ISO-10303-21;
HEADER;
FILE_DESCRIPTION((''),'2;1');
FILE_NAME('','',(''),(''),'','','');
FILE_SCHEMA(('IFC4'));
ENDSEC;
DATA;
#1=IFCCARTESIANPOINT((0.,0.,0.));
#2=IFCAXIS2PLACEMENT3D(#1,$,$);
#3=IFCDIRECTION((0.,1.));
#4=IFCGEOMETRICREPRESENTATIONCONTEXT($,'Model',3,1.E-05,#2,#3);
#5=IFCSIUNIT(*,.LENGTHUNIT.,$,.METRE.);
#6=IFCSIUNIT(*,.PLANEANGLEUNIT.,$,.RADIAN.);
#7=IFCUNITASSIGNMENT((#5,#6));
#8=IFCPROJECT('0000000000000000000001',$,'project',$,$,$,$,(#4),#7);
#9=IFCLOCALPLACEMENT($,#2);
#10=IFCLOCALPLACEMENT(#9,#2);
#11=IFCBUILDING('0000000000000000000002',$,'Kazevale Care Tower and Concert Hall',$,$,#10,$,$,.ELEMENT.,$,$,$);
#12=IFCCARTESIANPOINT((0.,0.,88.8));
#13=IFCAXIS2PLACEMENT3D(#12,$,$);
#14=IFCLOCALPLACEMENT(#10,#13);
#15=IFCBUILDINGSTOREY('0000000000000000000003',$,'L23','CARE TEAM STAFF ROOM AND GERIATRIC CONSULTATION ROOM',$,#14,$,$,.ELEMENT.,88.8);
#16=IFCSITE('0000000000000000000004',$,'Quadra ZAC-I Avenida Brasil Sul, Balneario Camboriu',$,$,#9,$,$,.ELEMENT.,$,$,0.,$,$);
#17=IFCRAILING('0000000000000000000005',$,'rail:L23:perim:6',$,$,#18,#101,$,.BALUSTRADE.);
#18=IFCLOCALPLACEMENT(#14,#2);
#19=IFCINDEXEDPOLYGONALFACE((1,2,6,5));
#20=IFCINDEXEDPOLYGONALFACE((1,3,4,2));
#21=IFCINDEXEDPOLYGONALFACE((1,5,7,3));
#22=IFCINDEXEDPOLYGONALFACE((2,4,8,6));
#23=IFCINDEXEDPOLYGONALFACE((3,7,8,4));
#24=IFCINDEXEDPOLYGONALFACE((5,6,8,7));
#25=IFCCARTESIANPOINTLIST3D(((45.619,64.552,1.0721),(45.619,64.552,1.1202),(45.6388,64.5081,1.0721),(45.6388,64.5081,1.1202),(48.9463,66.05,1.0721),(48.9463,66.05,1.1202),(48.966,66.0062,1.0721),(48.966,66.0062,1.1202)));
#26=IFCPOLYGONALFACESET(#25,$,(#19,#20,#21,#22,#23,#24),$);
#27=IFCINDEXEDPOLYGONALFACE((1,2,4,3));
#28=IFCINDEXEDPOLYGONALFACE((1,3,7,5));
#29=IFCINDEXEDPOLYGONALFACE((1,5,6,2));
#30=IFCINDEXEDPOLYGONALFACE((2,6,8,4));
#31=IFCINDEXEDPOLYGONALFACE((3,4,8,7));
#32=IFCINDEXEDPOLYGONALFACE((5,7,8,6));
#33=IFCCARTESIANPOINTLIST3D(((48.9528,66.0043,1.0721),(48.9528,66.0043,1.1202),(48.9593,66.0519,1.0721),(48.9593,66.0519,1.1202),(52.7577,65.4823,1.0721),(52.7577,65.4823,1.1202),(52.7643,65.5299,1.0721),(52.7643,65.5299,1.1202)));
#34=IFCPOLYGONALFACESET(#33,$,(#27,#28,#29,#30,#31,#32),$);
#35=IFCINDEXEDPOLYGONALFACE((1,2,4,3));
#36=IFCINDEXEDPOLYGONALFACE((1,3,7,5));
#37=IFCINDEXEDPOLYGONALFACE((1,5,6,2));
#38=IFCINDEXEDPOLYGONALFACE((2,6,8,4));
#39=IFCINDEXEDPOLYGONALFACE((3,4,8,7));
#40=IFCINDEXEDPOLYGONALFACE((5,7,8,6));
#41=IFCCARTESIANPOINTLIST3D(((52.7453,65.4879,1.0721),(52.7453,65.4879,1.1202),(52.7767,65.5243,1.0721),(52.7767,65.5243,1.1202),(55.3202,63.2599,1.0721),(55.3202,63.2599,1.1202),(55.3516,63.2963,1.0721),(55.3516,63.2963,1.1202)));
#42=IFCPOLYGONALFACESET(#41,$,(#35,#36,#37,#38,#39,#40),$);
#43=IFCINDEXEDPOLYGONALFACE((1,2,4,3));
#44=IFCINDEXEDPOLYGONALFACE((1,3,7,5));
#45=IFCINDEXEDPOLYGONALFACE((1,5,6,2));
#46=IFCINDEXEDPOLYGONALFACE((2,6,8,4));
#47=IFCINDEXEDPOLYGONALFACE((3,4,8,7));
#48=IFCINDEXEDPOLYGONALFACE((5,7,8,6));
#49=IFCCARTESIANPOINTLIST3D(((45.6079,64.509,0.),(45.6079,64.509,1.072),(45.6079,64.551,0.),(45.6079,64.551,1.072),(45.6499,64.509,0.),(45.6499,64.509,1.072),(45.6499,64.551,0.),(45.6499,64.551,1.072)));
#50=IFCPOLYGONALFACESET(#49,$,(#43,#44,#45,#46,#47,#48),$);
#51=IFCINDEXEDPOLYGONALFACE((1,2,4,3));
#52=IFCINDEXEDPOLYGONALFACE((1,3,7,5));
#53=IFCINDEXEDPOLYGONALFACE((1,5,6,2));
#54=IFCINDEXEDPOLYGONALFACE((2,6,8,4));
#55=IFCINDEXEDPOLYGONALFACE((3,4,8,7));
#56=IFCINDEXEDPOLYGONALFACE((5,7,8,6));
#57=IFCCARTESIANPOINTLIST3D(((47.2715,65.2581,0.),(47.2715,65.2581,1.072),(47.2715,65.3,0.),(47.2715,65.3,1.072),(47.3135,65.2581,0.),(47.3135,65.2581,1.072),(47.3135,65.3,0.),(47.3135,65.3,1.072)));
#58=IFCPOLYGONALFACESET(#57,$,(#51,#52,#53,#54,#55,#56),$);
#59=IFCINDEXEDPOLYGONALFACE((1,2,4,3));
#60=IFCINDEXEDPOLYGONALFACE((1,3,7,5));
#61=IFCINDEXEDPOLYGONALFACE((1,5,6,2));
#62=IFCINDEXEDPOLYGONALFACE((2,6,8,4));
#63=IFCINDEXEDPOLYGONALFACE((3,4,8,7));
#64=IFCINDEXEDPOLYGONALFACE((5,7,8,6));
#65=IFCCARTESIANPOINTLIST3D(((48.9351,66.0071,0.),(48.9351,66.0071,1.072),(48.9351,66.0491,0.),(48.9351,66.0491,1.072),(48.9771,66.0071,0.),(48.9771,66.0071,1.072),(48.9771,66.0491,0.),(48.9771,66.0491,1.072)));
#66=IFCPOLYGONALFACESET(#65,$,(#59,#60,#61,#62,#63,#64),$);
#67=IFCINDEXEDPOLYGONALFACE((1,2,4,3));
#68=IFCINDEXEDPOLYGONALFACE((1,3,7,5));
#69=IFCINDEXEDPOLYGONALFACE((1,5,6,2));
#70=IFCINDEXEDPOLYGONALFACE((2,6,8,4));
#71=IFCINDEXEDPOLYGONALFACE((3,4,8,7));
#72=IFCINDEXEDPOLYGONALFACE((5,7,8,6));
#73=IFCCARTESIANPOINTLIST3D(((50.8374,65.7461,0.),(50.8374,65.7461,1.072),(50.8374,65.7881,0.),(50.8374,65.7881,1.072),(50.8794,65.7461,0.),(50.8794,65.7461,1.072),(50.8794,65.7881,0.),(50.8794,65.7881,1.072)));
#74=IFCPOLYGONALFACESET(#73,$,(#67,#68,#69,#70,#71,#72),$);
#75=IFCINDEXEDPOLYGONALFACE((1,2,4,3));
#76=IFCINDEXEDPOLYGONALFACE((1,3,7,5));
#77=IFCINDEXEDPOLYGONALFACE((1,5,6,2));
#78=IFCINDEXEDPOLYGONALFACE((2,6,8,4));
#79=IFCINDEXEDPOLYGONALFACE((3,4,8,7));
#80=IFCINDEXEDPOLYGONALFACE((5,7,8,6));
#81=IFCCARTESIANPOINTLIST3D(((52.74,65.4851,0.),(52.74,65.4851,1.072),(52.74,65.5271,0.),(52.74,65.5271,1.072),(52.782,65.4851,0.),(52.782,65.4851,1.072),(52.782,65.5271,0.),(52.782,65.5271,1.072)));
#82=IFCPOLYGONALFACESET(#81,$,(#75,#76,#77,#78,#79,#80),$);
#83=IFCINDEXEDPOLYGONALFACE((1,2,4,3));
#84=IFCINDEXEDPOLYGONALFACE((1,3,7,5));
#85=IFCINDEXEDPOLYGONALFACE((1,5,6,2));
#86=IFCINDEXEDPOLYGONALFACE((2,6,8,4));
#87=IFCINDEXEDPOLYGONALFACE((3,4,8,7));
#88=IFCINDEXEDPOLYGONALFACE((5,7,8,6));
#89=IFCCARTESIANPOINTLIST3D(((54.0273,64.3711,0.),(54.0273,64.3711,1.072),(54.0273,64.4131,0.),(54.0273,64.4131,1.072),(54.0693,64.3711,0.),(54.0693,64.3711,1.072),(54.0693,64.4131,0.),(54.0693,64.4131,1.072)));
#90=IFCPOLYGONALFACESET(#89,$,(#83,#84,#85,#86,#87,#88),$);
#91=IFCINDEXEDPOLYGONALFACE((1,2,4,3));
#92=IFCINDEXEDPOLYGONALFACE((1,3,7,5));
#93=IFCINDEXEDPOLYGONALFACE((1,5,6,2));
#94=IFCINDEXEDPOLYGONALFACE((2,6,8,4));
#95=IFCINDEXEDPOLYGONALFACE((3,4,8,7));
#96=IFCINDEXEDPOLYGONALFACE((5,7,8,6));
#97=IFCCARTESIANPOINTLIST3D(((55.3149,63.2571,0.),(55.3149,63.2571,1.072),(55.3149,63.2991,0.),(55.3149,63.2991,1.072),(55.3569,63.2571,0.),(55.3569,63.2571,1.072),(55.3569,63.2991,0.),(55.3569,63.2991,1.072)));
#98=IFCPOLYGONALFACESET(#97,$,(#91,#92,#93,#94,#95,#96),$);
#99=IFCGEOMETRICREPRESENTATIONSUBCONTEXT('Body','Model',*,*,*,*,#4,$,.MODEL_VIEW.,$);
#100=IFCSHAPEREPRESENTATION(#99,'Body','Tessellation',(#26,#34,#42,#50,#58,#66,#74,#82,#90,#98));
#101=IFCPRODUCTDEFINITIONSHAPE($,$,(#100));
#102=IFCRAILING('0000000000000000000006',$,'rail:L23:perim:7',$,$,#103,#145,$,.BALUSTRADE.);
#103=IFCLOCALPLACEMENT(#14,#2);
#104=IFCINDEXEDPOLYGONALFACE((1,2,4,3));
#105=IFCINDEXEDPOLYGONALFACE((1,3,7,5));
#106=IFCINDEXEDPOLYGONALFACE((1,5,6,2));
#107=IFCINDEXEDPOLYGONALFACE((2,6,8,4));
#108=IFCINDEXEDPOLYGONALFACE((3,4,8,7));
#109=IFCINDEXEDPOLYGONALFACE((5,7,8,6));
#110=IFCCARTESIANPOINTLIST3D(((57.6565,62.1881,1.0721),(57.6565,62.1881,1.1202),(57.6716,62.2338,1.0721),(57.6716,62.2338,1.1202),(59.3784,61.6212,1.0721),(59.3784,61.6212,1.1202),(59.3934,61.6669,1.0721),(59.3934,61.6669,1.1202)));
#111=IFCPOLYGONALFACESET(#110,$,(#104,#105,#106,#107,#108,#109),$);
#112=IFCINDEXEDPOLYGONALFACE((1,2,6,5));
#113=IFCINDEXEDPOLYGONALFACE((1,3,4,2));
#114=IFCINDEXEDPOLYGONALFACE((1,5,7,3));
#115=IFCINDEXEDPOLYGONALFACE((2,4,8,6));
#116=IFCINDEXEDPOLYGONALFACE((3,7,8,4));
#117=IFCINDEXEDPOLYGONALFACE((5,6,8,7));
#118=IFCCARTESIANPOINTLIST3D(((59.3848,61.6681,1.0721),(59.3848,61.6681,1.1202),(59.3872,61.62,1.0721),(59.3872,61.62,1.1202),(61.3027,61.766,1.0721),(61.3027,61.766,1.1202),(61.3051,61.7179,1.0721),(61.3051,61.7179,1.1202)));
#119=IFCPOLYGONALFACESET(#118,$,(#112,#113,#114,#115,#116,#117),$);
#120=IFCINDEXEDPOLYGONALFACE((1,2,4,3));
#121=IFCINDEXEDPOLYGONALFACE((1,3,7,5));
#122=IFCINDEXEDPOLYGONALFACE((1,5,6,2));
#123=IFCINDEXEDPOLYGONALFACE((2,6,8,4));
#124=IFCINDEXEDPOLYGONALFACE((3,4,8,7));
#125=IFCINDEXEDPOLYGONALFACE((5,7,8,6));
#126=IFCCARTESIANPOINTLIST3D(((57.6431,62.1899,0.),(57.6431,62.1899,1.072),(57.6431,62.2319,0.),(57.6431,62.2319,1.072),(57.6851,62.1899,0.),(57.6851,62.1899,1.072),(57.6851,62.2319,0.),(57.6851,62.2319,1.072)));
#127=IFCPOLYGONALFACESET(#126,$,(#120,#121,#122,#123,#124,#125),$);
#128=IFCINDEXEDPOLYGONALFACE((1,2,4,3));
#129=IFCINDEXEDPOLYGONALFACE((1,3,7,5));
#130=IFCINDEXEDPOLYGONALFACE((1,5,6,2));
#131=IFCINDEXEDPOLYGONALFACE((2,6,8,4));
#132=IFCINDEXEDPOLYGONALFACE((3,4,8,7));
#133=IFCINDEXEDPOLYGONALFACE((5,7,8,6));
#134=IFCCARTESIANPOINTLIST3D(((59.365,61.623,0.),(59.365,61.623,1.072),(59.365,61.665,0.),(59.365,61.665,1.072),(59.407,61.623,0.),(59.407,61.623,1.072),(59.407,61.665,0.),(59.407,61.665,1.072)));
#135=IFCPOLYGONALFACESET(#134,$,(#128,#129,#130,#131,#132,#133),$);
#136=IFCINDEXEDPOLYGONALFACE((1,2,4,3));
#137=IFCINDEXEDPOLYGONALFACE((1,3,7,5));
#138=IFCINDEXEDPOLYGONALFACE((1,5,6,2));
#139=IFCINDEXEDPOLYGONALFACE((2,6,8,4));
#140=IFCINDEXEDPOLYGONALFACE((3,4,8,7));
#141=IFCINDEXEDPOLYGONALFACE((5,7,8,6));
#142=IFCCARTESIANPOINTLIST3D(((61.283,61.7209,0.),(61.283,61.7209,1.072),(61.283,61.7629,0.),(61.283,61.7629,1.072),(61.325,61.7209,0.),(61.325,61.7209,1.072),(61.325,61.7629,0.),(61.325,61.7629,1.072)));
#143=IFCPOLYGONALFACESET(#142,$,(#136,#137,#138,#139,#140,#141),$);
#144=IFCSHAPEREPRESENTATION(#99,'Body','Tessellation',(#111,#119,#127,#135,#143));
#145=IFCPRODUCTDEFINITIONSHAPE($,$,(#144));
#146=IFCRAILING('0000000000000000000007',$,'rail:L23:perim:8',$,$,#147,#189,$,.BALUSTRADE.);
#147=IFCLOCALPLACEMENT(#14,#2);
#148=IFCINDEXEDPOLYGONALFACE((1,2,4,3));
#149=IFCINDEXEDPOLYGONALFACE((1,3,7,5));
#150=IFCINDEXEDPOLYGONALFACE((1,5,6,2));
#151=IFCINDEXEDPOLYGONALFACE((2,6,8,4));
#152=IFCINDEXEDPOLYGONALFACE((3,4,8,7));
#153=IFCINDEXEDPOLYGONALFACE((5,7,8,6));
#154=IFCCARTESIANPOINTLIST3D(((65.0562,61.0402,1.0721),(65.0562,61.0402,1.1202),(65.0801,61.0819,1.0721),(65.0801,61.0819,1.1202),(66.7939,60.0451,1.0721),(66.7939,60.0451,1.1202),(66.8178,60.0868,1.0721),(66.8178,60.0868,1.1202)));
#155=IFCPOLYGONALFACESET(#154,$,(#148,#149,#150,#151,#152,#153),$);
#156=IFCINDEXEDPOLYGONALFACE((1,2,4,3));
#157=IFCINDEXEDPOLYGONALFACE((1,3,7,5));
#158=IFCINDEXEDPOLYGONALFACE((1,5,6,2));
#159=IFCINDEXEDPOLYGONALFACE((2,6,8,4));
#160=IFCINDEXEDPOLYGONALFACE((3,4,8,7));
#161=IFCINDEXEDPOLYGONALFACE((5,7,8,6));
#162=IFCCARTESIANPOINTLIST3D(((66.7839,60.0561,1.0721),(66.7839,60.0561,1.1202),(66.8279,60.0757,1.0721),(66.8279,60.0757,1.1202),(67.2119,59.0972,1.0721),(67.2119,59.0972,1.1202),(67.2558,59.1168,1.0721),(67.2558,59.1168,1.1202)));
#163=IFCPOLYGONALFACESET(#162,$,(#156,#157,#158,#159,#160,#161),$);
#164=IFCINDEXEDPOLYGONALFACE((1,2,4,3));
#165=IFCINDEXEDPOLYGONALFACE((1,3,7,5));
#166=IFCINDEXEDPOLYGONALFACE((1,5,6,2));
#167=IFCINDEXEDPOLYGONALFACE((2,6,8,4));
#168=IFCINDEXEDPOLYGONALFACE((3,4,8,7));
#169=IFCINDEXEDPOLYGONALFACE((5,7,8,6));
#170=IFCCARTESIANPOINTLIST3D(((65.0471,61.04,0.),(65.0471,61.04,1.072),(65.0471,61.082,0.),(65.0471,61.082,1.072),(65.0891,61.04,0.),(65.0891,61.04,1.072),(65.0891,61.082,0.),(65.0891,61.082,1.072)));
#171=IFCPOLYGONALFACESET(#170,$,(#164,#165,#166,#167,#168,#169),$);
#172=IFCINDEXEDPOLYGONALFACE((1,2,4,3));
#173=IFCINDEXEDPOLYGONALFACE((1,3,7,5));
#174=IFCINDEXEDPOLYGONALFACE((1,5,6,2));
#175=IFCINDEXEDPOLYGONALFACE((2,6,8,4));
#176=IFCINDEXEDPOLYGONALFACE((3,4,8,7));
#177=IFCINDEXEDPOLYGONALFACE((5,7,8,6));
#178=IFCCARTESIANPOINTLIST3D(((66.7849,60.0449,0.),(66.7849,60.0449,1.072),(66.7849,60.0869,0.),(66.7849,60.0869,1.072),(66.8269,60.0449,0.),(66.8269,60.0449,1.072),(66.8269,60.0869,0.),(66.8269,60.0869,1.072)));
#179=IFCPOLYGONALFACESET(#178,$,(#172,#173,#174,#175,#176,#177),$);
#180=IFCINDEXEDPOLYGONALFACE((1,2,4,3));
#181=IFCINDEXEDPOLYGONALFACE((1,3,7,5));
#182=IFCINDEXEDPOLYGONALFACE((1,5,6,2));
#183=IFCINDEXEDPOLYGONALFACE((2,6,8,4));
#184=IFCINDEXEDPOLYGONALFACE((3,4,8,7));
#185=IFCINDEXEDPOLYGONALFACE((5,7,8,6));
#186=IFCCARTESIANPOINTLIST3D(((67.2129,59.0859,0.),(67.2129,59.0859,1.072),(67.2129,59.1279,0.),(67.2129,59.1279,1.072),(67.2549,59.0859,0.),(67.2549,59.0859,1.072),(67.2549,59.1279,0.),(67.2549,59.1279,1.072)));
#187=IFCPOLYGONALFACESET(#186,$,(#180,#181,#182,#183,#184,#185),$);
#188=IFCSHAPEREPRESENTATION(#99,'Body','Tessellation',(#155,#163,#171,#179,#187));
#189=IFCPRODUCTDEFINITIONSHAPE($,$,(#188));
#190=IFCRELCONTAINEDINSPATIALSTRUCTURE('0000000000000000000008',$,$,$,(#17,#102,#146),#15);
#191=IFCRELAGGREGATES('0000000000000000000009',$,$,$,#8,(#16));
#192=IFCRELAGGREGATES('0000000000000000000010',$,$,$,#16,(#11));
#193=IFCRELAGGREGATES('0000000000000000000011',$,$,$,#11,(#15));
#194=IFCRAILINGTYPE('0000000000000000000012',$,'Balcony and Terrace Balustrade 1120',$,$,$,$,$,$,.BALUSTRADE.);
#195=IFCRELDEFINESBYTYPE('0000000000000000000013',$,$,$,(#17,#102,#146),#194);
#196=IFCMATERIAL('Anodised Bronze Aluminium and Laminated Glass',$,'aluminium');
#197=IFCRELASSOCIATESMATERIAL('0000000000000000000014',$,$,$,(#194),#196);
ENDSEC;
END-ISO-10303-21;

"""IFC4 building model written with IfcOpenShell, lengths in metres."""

from ifc_helpers import new_model, si_unit, direction, frame, origin, origin_2d, place, context, subcontext, project, spatial, rectangle, extrude, material, type_object, element, save


model = new_model("IFC4")

# Units and contexts
model_context = context("Model", 3, precision=1e-05, world=origin(), true_north=direction((0.0, 1.0)))
body_context = subcontext(model_context, "Body", "Model", "MODEL_VIEW")
ifc_project = project(units=[si_unit("LENGTHUNIT", "METRE"), si_unit("PLANEANGLEUNIT", "RADIAN")], contexts=[model_context])

# Site, building, storey
site_placement = place(None, origin())
site = spatial("IfcSite", under=ifc_project, at=site_placement, Name="Quadra ZAC-I Avenida Brasil Sul, Balneario Camboriu", CompositionType="ELEMENT", RefElevation=0.0)
building_placement = place(site_placement, origin())
building = spatial("IfcBuilding", under=site, at=building_placement, Name="Kazevale Care Tower and Concert Hall", CompositionType="ELEMENT")
storey_placement = place(building_placement, frame((0.0, 0.0, 88.8)))
storey = spatial("IfcBuildingStorey", under=building, at=storey_placement, Name="L23", Description="CARE TEAM STAFF ROOM AND GERIATRIC CONSULTATION ROOM", CompositionType="ELEMENT", Elevation=88.8)

# Railings
ifc_material_1 = material(Name="Anodised Bronze Aluminium and Laminated Glass", Category="aluminium")
railing_type = type_object("IfcRailingType", Name="Balcony and Terrace Balustrade 1120", PredefinedType="BALUSTRADE", material=ifc_material_1)
railing_1_placement = place(storey_placement, frame((45.6289, 64.53, 0.0)))
element("IfcRailing", 1, at=railing_1_placement, inside=storey, type_object=railing_type, Name="rail:L23:perim:6", PredefinedType="BALUSTRADE", context=body_context, shape_type="SweptSolid", body=[
    extrude(rectangle(XDim=0.0481, YDim=0.0481, at=origin_2d()), frame((0.0, 0.0, 1.0962), z_axis=(0.911836, 0.410554, 0.0), x_axis=(-0.410554, 0.911836, 0.0)), (0.0, 0.0, 1.0), 3.6489),
    extrude(rectangle(XDim=0.0481, YDim=0.0481, at=origin_2d()), frame((3.3271, 1.498, 1.0962), z_axis=(0.990721, -0.13591, 0.0), x_axis=(0.13591, 0.990721, 0.0)), (0.0, 0.0, 1.0), 3.8406),
    extrude(rectangle(XDim=0.0481, YDim=0.0481, at=origin_2d()), frame((7.1321, 0.9761, 1.0962), z_axis=(0.756212, -0.654327, 0.0), x_axis=(0.654327, 0.756212, 0.0)), (0.0, 0.0, 1.0), 3.405),
    extrude(rectangle(XDim=0.042, YDim=0.042, at=origin_2d()), origin(), (0.0, 0.0, 1.0), 1.072),
    extrude(rectangle(XDim=0.042, YDim=0.042, at=origin_2d()), frame((1.6636, 0.749, 0.0)), (0.0, 0.0, 1.0), 1.072),
    extrude(rectangle(XDim=0.042, YDim=0.042, at=origin_2d()), frame((3.3271, 1.498, 0.0)), (0.0, 0.0, 1.0), 1.072),
    extrude(rectangle(XDim=0.042, YDim=0.042, at=origin_2d()), frame((5.2295, 1.2371, 0.0)), (0.0, 0.0, 1.0), 1.072),
    extrude(rectangle(XDim=0.042, YDim=0.042, at=origin_2d()), frame((7.1321, 0.9761, 0.0)), (0.0, 0.0, 1.0), 1.072),
    extrude(rectangle(XDim=0.042, YDim=0.042, at=origin_2d()), frame((8.4194, -0.1379, 0.0)), (0.0, 0.0, 1.0), 1.072),
    extrude(rectangle(XDim=0.042, YDim=0.042, at=origin_2d()), frame((9.707, -1.252, 0.0)), (0.0, 0.0, 1.0), 1.072),
])
railing_2_placement = place(storey_placement, frame((57.6641, 62.2109, 0.0)))
element("IfcRailing", 2, at=railing_2_placement, inside=storey, type_object=railing_type, Name="rail:L23:perim:7", PredefinedType="BALUSTRADE", context=body_context, shape_type="SweptSolid", body=[
    extrude(rectangle(XDim=0.0481, YDim=0.0481, at=origin_2d()), frame((0.0, 0.0, 1.0962), z_axis=(0.949848, -0.312711, 0.0), x_axis=(0.312711, 0.949848, 0.0)), (0.0, 0.0, 1.0), 1.8127),
    extrude(rectangle(XDim=0.0481, YDim=0.0481, at=origin_2d()), frame((1.7219, -0.5669, 1.0962), z_axis=(0.9987, 0.050977, 0.0), x_axis=(-0.050977, 0.9987, 0.0)), (0.0, 0.0, 1.0), 1.9204),
    extrude(rectangle(XDim=0.042, YDim=0.042, at=origin_2d()), origin(), (0.0, 0.0, 1.0), 1.072),
    extrude(rectangle(XDim=0.042, YDim=0.042, at=origin_2d()), frame((1.7219, -0.5669, 0.0)), (0.0, 0.0, 1.0), 1.072),
    extrude(rectangle(XDim=0.042, YDim=0.042, at=origin_2d()), frame((3.6399, -0.469, 0.0)), (0.0, 0.0, 1.0), 1.072),
])
railing_3_placement = place(storey_placement, frame((65.0681, 61.061, 0.0)))
element("IfcRailing", 3, at=railing_3_placement, inside=storey, type_object=railing_type, Name="rail:L23:perim:8", PredefinedType="BALUSTRADE", context=body_context, shape_type="SweptSolid", body=[
    extrude(rectangle(XDim=0.0481, YDim=0.0481, at=origin_2d()), frame((0.0, 0.0, 1.0962), z_axis=(0.867793, -0.496926, 0.0), x_axis=(0.496926, 0.867793, 0.0)), (0.0, 0.0, 1.0), 2.0024),
    extrude(rectangle(XDim=0.0481, YDim=0.0481, at=origin_2d()), frame((1.7378, -0.9951, 1.0962), z_axis=(0.40754, -0.913187, 0.0), x_axis=(0.913187, 0.40754, 0.0)), (0.0, 0.0, 1.0), 1.05),
    extrude(rectangle(XDim=0.042, YDim=0.042, at=origin_2d()), origin(), (0.0, 0.0, 1.0), 1.072),
    extrude(rectangle(XDim=0.042, YDim=0.042, at=origin_2d()), frame((1.7378, -0.9951, 0.0)), (0.0, 0.0, 1.0), 1.072),
    extrude(rectangle(XDim=0.042, YDim=0.042, at=origin_2d()), frame((2.1658, -1.9541, 0.0)), (0.0, 0.0, 1.0), 1.072),
])

save(model, "model.ifc")
